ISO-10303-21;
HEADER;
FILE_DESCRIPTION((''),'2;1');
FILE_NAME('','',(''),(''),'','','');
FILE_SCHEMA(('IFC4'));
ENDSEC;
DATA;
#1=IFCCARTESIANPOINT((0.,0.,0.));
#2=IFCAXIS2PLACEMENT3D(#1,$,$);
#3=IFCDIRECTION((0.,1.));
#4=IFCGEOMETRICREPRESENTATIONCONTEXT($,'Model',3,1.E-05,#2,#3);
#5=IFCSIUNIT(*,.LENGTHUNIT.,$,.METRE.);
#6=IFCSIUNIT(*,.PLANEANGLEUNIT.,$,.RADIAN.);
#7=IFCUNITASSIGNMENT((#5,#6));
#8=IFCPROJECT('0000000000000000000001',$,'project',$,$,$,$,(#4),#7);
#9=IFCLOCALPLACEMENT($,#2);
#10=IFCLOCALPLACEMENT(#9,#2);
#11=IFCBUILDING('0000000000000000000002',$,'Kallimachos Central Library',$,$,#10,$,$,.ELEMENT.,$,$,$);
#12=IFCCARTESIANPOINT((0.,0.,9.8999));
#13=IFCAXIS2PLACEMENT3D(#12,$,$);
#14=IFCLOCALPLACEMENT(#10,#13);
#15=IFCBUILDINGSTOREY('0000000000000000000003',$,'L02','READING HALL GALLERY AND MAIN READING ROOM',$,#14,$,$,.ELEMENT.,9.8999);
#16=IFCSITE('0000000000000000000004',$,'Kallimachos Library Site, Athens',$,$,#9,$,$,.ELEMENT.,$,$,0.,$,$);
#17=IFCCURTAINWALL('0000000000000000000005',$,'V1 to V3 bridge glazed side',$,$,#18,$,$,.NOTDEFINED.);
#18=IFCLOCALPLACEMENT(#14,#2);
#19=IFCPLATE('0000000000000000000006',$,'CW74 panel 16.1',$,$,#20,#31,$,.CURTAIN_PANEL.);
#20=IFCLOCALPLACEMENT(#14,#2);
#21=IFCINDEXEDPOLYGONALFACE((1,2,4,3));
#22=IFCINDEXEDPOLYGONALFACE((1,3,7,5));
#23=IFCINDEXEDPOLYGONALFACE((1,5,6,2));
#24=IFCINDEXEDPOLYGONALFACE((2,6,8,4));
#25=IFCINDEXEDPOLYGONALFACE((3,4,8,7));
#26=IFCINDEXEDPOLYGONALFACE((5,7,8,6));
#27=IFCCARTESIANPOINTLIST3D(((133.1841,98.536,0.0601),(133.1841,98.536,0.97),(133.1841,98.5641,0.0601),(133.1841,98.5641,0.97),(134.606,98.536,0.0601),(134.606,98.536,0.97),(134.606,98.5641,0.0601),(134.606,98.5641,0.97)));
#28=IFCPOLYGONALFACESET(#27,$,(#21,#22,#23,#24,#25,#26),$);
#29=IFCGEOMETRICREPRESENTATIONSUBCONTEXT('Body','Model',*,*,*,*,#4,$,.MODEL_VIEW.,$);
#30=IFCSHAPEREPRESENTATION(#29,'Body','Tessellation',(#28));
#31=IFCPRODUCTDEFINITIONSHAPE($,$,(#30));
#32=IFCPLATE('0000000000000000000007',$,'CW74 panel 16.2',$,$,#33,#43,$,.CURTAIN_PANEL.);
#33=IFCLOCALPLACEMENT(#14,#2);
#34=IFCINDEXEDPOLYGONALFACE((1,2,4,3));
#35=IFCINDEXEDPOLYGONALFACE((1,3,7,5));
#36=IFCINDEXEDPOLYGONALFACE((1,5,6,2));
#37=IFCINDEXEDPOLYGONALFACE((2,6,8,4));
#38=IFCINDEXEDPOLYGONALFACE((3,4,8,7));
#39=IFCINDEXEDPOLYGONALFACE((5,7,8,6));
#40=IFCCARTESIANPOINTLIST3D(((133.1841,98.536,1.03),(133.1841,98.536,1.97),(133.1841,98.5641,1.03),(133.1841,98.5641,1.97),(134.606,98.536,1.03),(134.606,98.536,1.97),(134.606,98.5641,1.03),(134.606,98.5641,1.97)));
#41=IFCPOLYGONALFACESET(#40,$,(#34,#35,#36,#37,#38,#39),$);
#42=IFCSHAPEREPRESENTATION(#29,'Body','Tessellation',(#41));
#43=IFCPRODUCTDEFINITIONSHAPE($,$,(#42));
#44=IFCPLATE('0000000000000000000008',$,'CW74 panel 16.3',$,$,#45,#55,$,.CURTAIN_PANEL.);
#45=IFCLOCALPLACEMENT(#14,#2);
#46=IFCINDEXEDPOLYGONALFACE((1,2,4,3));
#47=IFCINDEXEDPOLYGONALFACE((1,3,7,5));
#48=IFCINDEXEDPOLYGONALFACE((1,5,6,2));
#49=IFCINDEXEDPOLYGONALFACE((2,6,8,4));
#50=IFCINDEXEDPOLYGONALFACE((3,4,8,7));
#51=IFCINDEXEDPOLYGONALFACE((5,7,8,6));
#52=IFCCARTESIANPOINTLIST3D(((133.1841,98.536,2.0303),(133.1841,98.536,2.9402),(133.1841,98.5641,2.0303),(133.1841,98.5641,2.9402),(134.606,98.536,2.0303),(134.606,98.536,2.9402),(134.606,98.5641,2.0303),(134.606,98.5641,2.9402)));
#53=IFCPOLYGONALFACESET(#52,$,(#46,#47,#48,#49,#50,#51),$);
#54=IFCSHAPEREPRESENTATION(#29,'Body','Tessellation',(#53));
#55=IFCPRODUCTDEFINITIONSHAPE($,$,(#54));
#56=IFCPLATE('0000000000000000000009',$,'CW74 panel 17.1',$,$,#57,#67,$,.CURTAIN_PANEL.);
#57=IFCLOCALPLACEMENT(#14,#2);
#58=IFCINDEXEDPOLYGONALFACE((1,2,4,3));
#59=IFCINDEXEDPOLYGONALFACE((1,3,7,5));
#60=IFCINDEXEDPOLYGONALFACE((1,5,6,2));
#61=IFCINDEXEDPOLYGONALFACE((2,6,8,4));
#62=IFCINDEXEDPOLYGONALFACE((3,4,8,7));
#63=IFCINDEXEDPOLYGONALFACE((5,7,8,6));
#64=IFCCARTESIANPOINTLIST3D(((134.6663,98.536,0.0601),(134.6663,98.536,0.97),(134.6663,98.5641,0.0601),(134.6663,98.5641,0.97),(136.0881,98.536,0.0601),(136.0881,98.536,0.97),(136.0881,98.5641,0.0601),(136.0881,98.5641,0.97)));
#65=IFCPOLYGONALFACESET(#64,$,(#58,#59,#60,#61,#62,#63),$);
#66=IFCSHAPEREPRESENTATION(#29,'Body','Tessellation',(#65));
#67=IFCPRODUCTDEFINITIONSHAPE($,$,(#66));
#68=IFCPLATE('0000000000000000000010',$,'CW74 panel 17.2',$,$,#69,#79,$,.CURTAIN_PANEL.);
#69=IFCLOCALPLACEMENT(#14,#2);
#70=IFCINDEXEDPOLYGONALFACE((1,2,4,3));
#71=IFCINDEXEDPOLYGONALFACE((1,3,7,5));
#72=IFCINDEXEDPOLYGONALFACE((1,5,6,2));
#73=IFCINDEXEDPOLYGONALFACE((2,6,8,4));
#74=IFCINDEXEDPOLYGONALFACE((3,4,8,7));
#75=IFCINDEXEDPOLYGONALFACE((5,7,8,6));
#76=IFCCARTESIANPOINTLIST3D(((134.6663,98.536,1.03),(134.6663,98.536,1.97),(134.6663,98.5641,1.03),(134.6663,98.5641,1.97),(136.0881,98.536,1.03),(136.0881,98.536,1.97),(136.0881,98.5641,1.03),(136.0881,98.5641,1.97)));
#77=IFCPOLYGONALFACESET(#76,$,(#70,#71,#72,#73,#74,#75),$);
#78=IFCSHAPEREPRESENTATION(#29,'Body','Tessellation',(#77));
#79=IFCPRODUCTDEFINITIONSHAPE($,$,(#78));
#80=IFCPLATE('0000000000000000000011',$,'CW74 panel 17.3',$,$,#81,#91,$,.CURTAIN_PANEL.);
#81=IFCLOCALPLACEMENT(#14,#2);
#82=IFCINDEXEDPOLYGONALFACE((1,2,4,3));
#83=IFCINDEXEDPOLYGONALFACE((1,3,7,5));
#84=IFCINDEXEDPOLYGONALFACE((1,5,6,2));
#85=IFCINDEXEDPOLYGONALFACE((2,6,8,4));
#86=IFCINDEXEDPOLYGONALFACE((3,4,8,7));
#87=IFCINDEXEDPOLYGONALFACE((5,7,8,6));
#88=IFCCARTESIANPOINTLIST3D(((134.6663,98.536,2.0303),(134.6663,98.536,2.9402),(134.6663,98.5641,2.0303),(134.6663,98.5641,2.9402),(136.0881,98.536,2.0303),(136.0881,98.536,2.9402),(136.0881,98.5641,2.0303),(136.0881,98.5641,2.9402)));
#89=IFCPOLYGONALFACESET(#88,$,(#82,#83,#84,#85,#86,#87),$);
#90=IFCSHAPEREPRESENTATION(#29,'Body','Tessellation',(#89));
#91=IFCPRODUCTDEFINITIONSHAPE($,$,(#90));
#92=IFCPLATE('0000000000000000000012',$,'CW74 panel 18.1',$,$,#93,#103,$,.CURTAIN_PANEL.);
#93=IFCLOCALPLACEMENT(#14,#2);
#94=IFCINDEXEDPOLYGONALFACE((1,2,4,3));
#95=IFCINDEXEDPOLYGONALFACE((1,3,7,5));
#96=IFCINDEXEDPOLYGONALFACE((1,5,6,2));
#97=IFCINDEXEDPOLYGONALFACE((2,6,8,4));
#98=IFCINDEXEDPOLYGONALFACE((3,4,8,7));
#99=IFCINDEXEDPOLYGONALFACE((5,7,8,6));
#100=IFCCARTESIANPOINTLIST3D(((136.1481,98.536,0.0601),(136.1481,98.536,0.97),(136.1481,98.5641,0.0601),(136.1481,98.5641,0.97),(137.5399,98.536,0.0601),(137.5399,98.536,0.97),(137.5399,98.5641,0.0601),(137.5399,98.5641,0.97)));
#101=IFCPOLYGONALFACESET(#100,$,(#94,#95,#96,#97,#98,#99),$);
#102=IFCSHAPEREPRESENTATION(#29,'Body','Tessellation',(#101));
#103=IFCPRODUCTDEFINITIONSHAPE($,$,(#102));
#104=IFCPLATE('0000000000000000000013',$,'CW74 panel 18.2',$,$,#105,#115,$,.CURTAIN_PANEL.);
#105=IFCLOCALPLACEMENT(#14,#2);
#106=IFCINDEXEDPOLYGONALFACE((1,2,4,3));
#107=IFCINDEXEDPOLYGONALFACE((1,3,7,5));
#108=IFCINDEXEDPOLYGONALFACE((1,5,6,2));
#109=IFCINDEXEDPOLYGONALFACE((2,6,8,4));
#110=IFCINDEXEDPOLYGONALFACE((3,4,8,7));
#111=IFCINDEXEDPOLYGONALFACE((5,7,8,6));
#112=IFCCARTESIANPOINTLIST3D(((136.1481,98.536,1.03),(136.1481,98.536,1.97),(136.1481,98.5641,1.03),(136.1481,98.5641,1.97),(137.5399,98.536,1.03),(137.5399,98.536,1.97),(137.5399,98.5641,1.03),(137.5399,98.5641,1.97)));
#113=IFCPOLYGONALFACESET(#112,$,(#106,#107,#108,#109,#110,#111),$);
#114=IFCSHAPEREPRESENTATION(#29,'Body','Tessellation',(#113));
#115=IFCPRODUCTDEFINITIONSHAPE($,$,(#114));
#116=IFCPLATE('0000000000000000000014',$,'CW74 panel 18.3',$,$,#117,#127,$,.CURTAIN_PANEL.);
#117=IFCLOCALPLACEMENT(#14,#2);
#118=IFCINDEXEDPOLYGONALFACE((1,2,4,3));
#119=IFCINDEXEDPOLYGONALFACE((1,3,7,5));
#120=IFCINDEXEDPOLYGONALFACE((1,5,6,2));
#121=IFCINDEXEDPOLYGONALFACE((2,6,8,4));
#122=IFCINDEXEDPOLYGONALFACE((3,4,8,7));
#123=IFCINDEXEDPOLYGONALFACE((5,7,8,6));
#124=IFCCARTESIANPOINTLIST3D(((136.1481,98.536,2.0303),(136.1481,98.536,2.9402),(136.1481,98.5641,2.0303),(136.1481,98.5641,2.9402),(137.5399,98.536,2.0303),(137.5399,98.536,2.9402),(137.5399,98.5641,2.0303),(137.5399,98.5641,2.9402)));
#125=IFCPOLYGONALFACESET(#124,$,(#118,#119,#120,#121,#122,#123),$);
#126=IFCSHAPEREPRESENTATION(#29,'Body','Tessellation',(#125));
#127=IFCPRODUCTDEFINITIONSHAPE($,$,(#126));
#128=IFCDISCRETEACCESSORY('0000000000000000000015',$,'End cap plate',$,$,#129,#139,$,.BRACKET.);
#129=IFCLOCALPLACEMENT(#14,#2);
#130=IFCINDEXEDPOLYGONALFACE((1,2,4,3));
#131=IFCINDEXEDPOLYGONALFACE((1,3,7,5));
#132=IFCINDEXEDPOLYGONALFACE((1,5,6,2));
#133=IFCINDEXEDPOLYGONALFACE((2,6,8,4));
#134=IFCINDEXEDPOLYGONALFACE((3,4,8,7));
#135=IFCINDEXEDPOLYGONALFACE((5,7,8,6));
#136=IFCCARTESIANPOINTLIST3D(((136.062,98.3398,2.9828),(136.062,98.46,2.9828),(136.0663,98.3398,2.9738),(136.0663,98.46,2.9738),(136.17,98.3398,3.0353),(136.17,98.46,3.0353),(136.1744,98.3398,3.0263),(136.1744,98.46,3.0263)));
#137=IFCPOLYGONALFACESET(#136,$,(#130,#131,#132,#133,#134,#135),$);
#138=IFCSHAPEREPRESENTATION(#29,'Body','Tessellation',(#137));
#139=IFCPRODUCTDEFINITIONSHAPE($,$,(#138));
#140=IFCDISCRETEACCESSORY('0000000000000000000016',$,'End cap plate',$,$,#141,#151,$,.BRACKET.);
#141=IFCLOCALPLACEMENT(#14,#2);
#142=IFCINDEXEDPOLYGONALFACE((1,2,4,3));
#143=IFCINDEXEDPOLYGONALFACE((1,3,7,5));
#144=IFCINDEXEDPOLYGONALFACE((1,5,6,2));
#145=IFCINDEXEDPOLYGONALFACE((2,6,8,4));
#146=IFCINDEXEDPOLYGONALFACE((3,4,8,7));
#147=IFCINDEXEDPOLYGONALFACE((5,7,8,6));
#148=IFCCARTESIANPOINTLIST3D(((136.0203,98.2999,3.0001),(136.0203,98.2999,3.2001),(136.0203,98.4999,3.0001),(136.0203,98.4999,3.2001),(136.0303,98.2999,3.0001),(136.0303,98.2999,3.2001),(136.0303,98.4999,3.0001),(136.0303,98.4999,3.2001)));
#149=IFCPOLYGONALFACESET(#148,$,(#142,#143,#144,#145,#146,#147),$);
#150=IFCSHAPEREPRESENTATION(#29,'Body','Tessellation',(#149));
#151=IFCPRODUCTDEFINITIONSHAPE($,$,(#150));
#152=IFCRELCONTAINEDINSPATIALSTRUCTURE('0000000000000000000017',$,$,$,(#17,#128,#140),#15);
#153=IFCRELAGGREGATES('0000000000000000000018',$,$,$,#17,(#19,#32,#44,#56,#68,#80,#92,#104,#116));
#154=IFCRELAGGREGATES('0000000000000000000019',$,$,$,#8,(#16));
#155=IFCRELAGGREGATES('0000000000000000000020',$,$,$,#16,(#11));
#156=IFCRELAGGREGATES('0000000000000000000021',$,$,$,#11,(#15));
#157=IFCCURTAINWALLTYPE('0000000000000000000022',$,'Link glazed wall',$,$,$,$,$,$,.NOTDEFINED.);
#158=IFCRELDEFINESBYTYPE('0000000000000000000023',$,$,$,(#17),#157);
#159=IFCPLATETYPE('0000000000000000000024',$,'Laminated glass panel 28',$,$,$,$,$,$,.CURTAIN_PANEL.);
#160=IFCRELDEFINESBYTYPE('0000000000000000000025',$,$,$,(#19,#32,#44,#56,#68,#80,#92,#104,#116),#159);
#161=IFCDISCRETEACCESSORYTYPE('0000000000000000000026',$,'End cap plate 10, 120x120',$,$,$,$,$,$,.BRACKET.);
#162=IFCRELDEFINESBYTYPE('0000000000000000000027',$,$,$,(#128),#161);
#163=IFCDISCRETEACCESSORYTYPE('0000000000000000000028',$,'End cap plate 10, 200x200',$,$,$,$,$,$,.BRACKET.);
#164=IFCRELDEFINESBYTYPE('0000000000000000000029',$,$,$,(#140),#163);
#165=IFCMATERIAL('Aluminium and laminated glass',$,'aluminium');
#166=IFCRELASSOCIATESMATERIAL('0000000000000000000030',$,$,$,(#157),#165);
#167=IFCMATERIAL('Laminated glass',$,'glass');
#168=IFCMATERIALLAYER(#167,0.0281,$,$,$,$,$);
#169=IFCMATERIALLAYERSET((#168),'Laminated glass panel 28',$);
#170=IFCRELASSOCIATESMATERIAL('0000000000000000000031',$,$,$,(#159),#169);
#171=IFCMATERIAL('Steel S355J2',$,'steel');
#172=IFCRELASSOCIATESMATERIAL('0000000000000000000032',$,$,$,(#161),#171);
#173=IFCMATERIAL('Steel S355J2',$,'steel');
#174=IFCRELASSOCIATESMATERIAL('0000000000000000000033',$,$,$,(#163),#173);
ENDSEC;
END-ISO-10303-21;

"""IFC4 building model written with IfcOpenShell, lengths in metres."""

from ifc_helpers import new_model, si_unit, direction, frame, origin, origin_2d, place, context, subcontext, project, spatial, rectangle, extrude, material, layer, layer_set, material_profile, profile_set, type_object, element, aggregate, save


model = new_model("IFC4")

# Units and contexts
model_context = context("Model", 3, precision=1e-05, world=origin(), true_north=direction((0.0, 1.0)))
body_context = subcontext(model_context, "Body", "Model", "MODEL_VIEW")
ifc_project = project(units=[si_unit("LENGTHUNIT", "METRE"), si_unit("PLANEANGLEUNIT", "RADIAN")], contexts=[model_context])

# Site, building, storey
site_placement = place(None, origin())
site = spatial("IfcSite", under=ifc_project, at=site_placement, Name="Kallimachos Library Site, Athens", CompositionType="ELEMENT", RefElevation=0.0)
building_placement = place(site_placement, origin())
building = spatial("IfcBuilding", under=site, at=building_placement, Name="Kallimachos Central Library", CompositionType="ELEMENT")
storey_placement = place(building_placement, frame((0.0, 0.0, 9.8999)))
storey = spatial("IfcBuildingStorey", under=building, at=storey_placement, Name="L02", Description="READING HALL GALLERY AND MAIN READING ROOM", CompositionType="ELEMENT", Elevation=9.8999)

# Curtain wall
ifc_material_1 = material(Name="Aluminium and laminated glass", Category="aluminium")
curtain_wall_type = type_object("IfcCurtainWallType", Name="Link glazed wall", PredefinedType="NOTDEFINED", material=ifc_material_1)
curtain_wall_placement = place(storey_placement, origin())
curtain_wall = element("IfcCurtainWall", 1, at=curtain_wall_placement, inside=storey, type_object=curtain_wall_type, Name="V1 to V3 bridge glazed side", PredefinedType="NOTDEFINED")

# Plates
ifc_material_2 = material(Name="Laminated glass", Category="glass")
ifc_layer = layer(ifc_material_2, 0.0281)
ifc_layer_set = layer_set([ifc_layer], Name="Laminated glass panel 28")
plate_type = type_object("IfcPlateType", Name="Laminated glass panel 28", PredefinedType="CURTAIN_PANEL", material=ifc_layer_set)
plate_1_placement = place(storey_placement, frame((133.895, 98.55, 0.0601), z_axis=(0.0, 0.0, 1.0), x_axis=(1.0, 0.0, 0.0)))
plate_1 = element("IfcPlate", 2, at=plate_1_placement, type_object=plate_type, Name="CW74 panel 16.1", PredefinedType="CURTAIN_PANEL", context=body_context, shape_type="SweptSolid", body=[
    extrude(rectangle(XDim=1.4219, YDim=0.0281, at=origin_2d()), origin(), (0.0, 0.0, 1.0), 0.9099),
])
plate_2_placement = place(storey_placement, frame((133.895, 98.55, 1.03), z_axis=(0.0, 0.0, 1.0), x_axis=(1.0, 0.0, 0.0)))
plate_2 = element("IfcPlate", 3, at=plate_2_placement, type_object=plate_type, Name="CW74 panel 16.2", PredefinedType="CURTAIN_PANEL", context=body_context, shape_type="SweptSolid", body=[
    extrude(rectangle(XDim=1.4219, YDim=0.0281, at=origin_2d()), origin(), (0.0, 0.0, 1.0), 0.9399),
])
plate_3_placement = place(storey_placement, frame((133.895, 98.55, 2.0303), z_axis=(0.0, 0.0, 1.0), x_axis=(1.0, 0.0, 0.0)))
plate_3 = element("IfcPlate", 4, at=plate_3_placement, type_object=plate_type, Name="CW74 panel 16.3", PredefinedType="CURTAIN_PANEL", context=body_context, shape_type="SweptSolid", body=[
    extrude(rectangle(XDim=1.4219, YDim=0.0281, at=origin_2d()), origin(), (0.0, 0.0, 1.0), 0.9099),
])
plate_4_placement = place(storey_placement, frame((135.3772, 98.55, 0.0601), z_axis=(0.0, 0.0, 1.0), x_axis=(1.0, 0.0, 0.0)))
plate_4 = element("IfcPlate", 5, at=plate_4_placement, type_object=plate_type, Name="CW74 panel 17.1", PredefinedType="CURTAIN_PANEL", context=body_context, shape_type="SweptSolid", body=[
    extrude(rectangle(XDim=1.4219, YDim=0.0281, at=origin_2d()), origin(), (0.0, 0.0, 1.0), 0.9099),
])
plate_5_placement = place(storey_placement, frame((135.3772, 98.55, 1.03), z_axis=(0.0, 0.0, 1.0), x_axis=(1.0, 0.0, 0.0)))
plate_5 = element("IfcPlate", 6, at=plate_5_placement, type_object=plate_type, Name="CW74 panel 17.2", PredefinedType="CURTAIN_PANEL", context=body_context, shape_type="SweptSolid", body=[
    extrude(rectangle(XDim=1.4219, YDim=0.0281, at=origin_2d()), origin(), (0.0, 0.0, 1.0), 0.9399),
])
plate_6_placement = place(storey_placement, frame((135.3772, 98.55, 2.0303), z_axis=(0.0, 0.0, 1.0), x_axis=(1.0, 0.0, 0.0)))
plate_6 = element("IfcPlate", 7, at=plate_6_placement, type_object=plate_type, Name="CW74 panel 17.3", PredefinedType="CURTAIN_PANEL", context=body_context, shape_type="SweptSolid", body=[
    extrude(rectangle(XDim=1.4219, YDim=0.0281, at=origin_2d()), origin(), (0.0, 0.0, 1.0), 0.9099),
])
plate_7_placement = place(storey_placement, frame((136.844, 98.55, 0.0601), z_axis=(0.0, 0.0, 1.0), x_axis=(1.0, 0.0, 0.0)))
plate_7 = element("IfcPlate", 8, at=plate_7_placement, type_object=plate_type, Name="CW74 panel 18.1", PredefinedType="CURTAIN_PANEL", context=body_context, shape_type="SweptSolid", body=[
    extrude(rectangle(XDim=1.3918, YDim=0.0281, at=origin_2d()), origin(), (0.0, 0.0, 1.0), 0.9099),
])
plate_8_placement = place(storey_placement, frame((136.844, 98.55, 1.03), z_axis=(0.0, 0.0, 1.0), x_axis=(1.0, 0.0, 0.0)))
plate_8 = element("IfcPlate", 9, at=plate_8_placement, type_object=plate_type, Name="CW74 panel 18.2", PredefinedType="CURTAIN_PANEL", context=body_context, shape_type="SweptSolid", body=[
    extrude(rectangle(XDim=1.3918, YDim=0.0281, at=origin_2d()), origin(), (0.0, 0.0, 1.0), 0.9399),
])
plate_9_placement = place(storey_placement, frame((136.844, 98.55, 2.0303), z_axis=(0.0, 0.0, 1.0), x_axis=(1.0, 0.0, 0.0)))
plate_9 = element("IfcPlate", 10, at=plate_9_placement, type_object=plate_type, Name="CW74 panel 18.3", PredefinedType="CURTAIN_PANEL", context=body_context, shape_type="SweptSolid", body=[
    extrude(rectangle(XDim=1.3918, YDim=0.0281, at=origin_2d()), origin(), (0.0, 0.0, 1.0), 0.9099),
])
aggregate(curtain_wall, [plate_1, plate_2, plate_3, plate_4, plate_5, plate_6, plate_7, plate_8, plate_9])

# Discrete accessories
ifc_material_3 = material(Name="Steel S355J2", Category="steel")
ifc_material_profile_1 = material_profile(ifc_material_3, rectangle(XDim=0.1201, YDim=0.1201, at=origin_2d()), Name="End cap plate 10, 120x120")
ifc_profile_set_1 = profile_set([ifc_material_profile_1], Name="Steel S355J2")
discrete_accessory_type_1 = type_object("IfcDiscreteAccessoryType", Name="End cap plate 10, 120x120", PredefinedType="BRACKET", material=ifc_profile_set_1)
discrete_accessory_1_placement = place(storey_placement, frame((136.116, 98.3999, 3.009), z_axis=(0.437466, 0.0, -0.899235), x_axis=(0.0, 1.0, 0.0)))
element("IfcDiscreteAccessory", 11, at=discrete_accessory_1_placement, inside=storey, type_object=discrete_accessory_type_1, Name="End cap plate", PredefinedType="BRACKET", context=body_context, shape_type="SweptSolid", body=[
    extrude(rectangle(XDim=0.1201, YDim=0.1201, at=origin_2d()), origin(), (0.0, 0.0, 1.0), 0.01),
])
ifc_material_4 = material(Name="Steel S355J2", Category="steel")
ifc_material_profile_2 = material_profile(ifc_material_4, rectangle(XDim=0.2, YDim=0.2, at=origin_2d()), Name="End cap plate 10, 200x200")
ifc_profile_set_2 = profile_set([ifc_material_profile_2], Name="Steel S355J2")
discrete_accessory_type_2 = type_object("IfcDiscreteAccessoryType", Name="End cap plate 10, 200x200", PredefinedType="BRACKET", material=ifc_profile_set_2)
discrete_accessory_2_placement = place(storey_placement, frame((136.0203, 98.3999, 3.1001), z_axis=(1.0, 0.0, 0.0), x_axis=(0.0, 1.0, 0.0)))
element("IfcDiscreteAccessory", 12, at=discrete_accessory_2_placement, inside=storey, type_object=discrete_accessory_type_2, Name="End cap plate", PredefinedType="BRACKET", context=body_context, shape_type="SweptSolid", body=[
    extrude(rectangle(XDim=0.2, YDim=0.2, at=origin_2d()), origin(), (0.0, 0.0, 1.0), 0.01),
])

save(model, "model.ifc")
